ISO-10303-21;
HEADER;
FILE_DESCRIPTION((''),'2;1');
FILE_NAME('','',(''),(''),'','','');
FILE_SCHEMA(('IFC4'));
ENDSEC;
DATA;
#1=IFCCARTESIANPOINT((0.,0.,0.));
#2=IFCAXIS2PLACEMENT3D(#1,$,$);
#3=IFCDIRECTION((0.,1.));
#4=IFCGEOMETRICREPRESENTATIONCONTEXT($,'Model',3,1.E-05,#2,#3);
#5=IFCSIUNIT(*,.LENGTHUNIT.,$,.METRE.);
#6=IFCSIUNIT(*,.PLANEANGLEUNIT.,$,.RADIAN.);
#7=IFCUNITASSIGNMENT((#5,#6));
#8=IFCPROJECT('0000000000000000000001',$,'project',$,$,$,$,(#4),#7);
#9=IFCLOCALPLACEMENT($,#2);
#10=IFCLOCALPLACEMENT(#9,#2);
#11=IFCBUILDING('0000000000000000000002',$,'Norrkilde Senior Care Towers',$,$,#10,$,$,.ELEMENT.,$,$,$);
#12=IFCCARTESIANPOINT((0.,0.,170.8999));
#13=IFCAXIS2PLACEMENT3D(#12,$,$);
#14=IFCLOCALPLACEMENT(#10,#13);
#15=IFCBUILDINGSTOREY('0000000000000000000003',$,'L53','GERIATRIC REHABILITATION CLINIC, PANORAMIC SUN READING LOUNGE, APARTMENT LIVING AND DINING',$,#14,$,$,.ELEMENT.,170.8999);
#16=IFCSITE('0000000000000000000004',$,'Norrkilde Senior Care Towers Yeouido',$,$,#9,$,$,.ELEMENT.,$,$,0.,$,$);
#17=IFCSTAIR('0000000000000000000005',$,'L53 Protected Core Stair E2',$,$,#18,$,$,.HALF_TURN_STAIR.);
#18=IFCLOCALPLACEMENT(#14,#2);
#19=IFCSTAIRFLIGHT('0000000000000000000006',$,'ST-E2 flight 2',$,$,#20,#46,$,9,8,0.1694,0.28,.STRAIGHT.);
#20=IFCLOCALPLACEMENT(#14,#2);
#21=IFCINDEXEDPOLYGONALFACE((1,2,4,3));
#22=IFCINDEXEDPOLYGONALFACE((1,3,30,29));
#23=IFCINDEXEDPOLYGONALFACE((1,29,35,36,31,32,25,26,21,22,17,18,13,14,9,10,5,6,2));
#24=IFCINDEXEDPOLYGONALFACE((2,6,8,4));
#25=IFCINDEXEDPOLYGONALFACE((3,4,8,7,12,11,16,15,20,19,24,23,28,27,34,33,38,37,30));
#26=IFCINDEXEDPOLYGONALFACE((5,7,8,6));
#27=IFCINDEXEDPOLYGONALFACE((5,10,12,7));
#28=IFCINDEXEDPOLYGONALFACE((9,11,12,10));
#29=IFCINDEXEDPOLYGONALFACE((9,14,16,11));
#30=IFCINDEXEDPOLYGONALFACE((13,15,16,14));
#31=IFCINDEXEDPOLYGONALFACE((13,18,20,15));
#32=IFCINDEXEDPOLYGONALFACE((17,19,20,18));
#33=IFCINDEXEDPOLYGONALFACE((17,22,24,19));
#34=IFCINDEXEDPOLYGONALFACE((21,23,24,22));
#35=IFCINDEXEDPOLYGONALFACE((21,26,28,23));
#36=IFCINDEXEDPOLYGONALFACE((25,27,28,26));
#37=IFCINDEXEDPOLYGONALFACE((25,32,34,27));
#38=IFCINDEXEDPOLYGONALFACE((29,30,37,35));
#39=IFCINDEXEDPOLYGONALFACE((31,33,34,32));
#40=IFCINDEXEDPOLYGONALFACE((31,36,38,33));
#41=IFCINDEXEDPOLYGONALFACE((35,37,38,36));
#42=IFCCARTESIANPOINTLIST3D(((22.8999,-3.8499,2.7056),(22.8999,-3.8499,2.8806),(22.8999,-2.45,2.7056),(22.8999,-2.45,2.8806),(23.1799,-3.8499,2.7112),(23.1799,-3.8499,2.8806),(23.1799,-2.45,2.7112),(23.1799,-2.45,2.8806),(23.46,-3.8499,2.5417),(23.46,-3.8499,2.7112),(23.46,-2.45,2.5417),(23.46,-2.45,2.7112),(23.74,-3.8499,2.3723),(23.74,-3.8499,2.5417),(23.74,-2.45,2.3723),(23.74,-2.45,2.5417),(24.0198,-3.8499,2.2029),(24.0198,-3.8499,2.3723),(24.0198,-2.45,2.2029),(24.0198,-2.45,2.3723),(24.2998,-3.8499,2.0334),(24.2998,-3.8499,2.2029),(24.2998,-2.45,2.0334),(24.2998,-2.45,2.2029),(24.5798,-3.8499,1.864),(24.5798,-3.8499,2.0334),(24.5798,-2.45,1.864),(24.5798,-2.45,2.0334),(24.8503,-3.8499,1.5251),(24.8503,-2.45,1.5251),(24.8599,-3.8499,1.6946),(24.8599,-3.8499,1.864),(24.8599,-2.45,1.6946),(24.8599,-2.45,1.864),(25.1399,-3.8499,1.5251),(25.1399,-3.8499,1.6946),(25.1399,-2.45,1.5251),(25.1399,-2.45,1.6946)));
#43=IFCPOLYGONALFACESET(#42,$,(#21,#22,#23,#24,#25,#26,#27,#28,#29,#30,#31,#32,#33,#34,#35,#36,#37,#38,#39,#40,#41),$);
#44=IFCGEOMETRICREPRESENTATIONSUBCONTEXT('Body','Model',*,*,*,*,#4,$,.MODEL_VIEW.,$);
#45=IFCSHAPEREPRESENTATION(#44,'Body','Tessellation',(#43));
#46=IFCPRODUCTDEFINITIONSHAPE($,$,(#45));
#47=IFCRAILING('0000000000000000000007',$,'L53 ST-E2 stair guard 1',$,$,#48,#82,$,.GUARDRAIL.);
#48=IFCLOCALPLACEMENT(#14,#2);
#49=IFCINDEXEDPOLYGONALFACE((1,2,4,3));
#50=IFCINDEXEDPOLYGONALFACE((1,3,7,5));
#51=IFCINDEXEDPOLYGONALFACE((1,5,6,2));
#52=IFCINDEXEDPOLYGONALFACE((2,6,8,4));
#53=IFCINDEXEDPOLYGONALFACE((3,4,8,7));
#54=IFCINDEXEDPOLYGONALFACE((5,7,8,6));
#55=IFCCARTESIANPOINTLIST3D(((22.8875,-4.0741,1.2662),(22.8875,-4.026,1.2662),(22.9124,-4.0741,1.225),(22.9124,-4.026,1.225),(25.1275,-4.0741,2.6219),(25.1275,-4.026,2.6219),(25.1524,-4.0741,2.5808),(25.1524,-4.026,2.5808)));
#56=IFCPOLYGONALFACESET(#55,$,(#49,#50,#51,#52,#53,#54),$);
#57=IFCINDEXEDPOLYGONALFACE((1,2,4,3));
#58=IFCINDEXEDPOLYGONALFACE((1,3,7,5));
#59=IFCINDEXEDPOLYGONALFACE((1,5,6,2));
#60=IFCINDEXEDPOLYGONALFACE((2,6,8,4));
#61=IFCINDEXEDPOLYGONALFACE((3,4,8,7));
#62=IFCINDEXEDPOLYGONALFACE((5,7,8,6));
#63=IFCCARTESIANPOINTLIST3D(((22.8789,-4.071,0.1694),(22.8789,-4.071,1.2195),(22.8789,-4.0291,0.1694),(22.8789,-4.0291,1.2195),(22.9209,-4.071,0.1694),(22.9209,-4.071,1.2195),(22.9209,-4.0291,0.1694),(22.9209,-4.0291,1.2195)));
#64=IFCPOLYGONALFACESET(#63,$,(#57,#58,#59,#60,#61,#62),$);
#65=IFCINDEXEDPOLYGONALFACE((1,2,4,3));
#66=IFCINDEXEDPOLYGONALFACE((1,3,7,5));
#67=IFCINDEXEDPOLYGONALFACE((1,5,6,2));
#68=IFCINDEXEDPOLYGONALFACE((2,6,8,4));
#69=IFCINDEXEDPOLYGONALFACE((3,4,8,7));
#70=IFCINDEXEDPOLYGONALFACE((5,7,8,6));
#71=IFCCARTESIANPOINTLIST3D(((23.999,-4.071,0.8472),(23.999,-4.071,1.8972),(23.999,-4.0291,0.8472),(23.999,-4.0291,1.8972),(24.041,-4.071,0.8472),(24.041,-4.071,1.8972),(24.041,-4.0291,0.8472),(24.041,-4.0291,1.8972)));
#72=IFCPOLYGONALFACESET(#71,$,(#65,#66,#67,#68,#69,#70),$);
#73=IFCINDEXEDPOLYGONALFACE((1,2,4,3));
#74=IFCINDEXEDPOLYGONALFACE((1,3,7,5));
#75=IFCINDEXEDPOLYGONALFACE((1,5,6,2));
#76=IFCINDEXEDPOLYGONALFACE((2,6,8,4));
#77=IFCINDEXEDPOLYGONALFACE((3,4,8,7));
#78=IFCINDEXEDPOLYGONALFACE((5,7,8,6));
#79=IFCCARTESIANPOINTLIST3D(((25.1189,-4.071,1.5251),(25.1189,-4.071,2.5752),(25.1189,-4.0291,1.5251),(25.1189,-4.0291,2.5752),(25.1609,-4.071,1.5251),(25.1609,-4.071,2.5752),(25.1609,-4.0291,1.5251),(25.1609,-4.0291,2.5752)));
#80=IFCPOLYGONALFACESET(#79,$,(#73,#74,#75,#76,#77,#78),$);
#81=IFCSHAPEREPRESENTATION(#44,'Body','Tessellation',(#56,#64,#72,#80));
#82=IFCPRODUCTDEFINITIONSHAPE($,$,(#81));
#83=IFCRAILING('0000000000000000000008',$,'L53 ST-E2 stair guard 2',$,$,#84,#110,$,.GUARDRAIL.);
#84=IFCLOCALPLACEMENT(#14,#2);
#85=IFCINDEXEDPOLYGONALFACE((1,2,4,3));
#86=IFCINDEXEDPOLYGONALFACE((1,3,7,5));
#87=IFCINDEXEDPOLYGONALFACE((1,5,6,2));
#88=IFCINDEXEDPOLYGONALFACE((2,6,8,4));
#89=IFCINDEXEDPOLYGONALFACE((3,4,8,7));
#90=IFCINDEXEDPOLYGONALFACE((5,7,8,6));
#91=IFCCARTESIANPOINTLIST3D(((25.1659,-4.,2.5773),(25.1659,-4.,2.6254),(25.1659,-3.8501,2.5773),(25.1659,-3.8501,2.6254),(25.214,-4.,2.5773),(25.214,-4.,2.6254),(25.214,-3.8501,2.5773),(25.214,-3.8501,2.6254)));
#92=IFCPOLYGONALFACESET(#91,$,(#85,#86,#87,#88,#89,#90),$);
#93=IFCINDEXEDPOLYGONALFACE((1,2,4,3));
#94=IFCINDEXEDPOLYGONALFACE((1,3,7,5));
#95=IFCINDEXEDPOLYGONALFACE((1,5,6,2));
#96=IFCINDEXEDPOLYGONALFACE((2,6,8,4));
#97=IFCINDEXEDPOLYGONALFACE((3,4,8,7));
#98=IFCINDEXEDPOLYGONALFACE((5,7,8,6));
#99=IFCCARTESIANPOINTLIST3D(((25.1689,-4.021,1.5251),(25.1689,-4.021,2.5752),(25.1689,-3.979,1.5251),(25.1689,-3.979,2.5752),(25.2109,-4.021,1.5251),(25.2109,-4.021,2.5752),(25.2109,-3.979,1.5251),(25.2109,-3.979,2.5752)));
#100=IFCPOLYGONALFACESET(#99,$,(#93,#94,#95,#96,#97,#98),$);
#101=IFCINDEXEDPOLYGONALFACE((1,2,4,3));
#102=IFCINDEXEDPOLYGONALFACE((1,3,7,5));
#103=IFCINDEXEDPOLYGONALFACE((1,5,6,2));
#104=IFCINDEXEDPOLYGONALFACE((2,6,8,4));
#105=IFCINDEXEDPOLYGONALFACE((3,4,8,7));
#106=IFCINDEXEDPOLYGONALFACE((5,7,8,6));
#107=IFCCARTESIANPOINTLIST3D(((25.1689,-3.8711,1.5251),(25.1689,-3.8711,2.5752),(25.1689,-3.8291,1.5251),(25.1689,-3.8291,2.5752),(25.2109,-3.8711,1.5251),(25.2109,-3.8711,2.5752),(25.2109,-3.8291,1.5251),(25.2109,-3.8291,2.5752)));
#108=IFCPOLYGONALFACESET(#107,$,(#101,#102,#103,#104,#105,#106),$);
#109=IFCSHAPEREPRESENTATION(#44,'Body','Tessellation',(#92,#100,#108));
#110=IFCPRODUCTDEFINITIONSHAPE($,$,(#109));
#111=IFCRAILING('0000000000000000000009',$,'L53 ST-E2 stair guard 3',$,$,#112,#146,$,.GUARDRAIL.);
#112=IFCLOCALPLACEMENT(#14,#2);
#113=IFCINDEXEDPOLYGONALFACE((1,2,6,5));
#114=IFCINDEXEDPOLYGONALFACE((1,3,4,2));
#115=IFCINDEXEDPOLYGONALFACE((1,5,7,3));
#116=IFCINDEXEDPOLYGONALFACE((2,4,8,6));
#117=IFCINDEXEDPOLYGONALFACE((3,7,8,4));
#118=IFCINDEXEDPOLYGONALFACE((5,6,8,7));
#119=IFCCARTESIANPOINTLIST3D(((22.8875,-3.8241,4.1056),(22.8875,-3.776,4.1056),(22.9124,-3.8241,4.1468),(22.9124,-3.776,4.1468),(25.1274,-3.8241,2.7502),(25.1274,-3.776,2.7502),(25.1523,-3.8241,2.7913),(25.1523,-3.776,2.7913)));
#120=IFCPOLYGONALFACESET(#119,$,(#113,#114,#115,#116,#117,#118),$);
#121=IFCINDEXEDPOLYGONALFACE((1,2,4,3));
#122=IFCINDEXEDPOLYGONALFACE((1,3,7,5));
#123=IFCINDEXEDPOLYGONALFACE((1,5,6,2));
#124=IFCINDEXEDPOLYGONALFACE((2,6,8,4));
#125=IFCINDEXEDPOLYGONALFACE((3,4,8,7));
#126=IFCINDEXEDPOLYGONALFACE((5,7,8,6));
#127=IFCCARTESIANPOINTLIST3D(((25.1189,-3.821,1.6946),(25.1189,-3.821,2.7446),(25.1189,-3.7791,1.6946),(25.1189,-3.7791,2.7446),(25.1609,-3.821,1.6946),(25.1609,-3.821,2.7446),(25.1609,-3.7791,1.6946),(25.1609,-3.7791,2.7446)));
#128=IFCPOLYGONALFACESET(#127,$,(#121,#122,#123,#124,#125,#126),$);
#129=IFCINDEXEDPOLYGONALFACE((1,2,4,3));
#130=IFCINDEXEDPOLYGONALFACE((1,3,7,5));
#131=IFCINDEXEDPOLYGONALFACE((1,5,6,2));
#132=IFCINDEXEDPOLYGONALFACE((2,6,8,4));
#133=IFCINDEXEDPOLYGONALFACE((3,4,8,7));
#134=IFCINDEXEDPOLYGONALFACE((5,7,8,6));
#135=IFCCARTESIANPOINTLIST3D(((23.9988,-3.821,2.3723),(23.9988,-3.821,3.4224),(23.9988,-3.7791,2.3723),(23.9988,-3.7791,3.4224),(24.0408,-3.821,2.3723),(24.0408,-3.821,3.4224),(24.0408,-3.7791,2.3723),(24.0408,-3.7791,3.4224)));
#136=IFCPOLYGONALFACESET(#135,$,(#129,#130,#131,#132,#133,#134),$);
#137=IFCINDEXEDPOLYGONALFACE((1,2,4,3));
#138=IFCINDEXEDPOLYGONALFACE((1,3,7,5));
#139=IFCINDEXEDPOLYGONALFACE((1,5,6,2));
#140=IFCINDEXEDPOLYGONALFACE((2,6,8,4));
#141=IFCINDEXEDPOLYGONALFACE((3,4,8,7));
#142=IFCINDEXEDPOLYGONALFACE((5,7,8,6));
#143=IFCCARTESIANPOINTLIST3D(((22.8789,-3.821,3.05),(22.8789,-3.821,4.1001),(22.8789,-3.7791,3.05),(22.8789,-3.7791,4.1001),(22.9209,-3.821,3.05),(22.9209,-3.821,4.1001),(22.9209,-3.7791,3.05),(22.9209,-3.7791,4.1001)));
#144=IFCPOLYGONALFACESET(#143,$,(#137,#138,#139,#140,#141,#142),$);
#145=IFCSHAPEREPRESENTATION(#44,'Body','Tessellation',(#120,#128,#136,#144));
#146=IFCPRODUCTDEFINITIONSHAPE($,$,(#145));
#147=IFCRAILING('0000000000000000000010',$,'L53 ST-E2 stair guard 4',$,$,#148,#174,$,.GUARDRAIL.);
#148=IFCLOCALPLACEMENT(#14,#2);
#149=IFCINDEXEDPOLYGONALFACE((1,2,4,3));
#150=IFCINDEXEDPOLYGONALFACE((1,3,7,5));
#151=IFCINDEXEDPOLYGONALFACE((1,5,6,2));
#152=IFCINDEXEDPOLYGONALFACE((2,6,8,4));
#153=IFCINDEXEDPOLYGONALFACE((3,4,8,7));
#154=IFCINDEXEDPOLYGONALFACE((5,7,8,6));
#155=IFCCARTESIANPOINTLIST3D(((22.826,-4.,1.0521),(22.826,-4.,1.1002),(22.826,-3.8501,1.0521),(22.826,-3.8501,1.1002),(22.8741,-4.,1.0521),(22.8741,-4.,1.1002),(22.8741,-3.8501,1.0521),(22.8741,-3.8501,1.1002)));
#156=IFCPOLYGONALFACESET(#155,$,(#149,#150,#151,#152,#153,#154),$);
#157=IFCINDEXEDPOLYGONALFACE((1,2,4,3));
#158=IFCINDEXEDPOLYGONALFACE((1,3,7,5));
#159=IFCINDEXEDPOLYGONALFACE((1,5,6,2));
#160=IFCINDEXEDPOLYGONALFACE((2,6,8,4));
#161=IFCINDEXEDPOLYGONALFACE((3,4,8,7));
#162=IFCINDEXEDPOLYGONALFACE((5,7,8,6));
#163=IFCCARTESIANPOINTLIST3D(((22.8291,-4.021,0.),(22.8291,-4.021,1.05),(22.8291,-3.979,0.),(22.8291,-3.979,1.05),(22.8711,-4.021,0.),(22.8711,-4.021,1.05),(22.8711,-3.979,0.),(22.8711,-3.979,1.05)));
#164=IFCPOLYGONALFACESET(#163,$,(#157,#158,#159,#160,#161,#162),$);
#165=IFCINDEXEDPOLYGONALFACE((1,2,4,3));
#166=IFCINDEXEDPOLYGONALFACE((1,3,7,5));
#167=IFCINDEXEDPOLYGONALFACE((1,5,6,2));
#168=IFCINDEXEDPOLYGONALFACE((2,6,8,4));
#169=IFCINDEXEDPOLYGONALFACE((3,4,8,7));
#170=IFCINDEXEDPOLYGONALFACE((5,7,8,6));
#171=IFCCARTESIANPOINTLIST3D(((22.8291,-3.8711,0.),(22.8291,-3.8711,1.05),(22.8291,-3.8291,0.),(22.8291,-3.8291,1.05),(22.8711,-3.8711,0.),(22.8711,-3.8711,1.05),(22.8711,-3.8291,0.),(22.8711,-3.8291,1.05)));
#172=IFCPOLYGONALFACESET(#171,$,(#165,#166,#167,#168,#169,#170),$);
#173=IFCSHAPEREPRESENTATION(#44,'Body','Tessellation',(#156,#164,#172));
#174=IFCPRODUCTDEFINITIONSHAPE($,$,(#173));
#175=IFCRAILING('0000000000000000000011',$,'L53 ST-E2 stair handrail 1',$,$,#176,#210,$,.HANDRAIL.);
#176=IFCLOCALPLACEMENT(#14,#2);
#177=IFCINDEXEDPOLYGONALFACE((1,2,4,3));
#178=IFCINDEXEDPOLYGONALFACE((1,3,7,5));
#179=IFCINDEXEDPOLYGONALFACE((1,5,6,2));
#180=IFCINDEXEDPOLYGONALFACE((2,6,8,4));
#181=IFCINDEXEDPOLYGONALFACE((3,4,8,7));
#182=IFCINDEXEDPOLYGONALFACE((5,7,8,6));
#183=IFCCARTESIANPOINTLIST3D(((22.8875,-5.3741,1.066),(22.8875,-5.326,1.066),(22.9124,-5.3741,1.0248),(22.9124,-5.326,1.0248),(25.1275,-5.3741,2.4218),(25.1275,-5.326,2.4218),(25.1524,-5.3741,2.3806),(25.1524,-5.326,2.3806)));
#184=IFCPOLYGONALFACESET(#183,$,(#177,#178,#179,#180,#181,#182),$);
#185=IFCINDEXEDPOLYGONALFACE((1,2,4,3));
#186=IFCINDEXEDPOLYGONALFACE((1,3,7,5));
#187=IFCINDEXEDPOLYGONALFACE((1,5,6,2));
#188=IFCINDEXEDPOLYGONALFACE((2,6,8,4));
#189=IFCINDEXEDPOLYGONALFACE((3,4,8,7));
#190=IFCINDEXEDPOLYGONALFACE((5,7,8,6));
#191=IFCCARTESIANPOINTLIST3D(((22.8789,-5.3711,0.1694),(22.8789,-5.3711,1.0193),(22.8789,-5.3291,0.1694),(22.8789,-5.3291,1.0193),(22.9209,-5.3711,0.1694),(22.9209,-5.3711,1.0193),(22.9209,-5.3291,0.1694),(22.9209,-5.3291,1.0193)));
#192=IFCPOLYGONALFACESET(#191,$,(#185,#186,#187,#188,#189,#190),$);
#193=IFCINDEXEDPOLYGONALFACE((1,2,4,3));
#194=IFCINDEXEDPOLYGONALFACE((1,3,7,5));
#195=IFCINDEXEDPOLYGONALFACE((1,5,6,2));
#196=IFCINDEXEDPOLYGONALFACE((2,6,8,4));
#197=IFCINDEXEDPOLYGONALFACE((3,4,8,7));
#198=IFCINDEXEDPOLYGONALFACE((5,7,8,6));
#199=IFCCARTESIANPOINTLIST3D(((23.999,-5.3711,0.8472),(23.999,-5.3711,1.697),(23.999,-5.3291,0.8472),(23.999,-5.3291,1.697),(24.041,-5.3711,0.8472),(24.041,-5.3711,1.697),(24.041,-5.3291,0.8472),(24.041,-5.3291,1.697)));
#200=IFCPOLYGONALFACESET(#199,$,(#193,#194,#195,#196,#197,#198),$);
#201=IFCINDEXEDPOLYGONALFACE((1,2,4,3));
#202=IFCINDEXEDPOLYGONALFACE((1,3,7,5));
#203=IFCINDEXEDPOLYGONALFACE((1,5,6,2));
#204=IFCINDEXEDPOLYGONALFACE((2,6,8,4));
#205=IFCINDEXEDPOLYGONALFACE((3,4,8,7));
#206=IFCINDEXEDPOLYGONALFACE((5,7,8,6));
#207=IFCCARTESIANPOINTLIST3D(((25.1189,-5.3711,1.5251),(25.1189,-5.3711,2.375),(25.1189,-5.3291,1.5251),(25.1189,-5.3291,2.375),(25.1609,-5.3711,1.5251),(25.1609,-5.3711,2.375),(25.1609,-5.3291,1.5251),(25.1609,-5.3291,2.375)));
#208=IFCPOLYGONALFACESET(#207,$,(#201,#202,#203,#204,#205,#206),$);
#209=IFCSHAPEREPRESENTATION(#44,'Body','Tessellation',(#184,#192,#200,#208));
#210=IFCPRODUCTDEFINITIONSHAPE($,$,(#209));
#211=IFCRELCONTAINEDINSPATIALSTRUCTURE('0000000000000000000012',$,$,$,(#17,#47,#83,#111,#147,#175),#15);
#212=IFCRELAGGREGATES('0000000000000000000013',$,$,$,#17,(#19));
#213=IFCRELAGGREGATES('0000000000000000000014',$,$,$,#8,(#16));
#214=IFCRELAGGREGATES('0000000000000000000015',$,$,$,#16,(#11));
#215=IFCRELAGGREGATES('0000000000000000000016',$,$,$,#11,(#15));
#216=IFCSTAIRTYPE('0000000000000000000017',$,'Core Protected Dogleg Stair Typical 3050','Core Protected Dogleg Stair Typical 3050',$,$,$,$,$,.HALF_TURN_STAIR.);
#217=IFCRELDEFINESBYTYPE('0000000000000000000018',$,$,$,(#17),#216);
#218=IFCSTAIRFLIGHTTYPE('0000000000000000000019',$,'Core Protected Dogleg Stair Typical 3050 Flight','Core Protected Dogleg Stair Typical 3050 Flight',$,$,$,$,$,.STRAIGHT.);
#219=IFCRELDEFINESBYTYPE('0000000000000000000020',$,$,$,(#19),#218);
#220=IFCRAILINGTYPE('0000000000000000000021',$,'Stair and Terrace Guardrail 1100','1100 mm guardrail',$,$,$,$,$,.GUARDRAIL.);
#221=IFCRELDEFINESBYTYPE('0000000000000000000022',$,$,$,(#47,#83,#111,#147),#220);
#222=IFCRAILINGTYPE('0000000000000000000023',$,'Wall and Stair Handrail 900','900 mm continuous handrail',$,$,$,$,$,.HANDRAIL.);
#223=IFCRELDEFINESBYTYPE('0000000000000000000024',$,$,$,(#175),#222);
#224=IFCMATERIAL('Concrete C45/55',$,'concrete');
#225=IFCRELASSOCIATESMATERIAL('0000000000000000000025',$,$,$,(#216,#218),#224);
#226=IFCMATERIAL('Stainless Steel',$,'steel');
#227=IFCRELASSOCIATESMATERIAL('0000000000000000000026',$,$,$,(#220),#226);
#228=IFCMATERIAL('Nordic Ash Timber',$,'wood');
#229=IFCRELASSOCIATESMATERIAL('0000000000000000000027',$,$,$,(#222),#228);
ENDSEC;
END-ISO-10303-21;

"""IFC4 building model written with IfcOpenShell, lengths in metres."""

from ifc_helpers import new_model, si_unit, direction, frame, origin, origin_2d, place, context, subcontext, project, spatial, polyline, rectangle, outline, extrude, material, type_object, element, aggregate, save


model = new_model("IFC4")

# Units and contexts
model_context = context("Model", 3, precision=1e-05, world=origin(), true_north=direction((0.0, 1.0)))
body_context = subcontext(model_context, "Body", "Model", "MODEL_VIEW")
ifc_project = project(units=[si_unit("LENGTHUNIT", "METRE"), si_unit("PLANEANGLEUNIT", "RADIAN")], contexts=[model_context])

# Site, building, storey
site_placement = place(None, origin())
site = spatial("IfcSite", under=ifc_project, at=site_placement, Name="Norrkilde Senior Care Towers Yeouido", CompositionType="ELEMENT", RefElevation=0.0)
building_placement = place(site_placement, origin())
building = spatial("IfcBuilding", under=site, at=building_placement, Name="Norrkilde Senior Care Towers", CompositionType="ELEMENT")
storey_placement = place(building_placement, frame((0.0, 0.0, 170.8999)))
storey = spatial("IfcBuildingStorey", under=building, at=storey_placement, Name="L53", Description="GERIATRIC REHABILITATION CLINIC, PANORAMIC SUN READING LOUNGE, APARTMENT LIVING AND DINING", CompositionType="ELEMENT", Elevation=170.8999)

# Shared definitions
ifc_material_1 = material(Name="Concrete C45/55", Category="concrete")

# Shared definitions
ifc_material_2 = material(Name="Nordic Ash Timber", Category="wood")

# Stair, stair flight
stair_type = type_object("IfcStairType", Name="Core Protected Dogleg Stair Typical 3050", Description="Core Protected Dogleg Stair Typical 3050", PredefinedType="HALF_TURN_STAIR", material=ifc_material_1)
stair_placement = place(storey_placement, origin())
stair = element("IfcStair", 1, at=stair_placement, inside=storey, type_object=stair_type, Name="L53 Protected Core Stair E2", PredefinedType="HALF_TURN_STAIR")
stair_flight_type = type_object("IfcStairFlightType", Name="Core Protected Dogleg Stair Typical 3050 Flight", Description="Core Protected Dogleg Stair Typical 3050 Flight", PredefinedType="STRAIGHT", material=ifc_material_1)
stair_flight_1_placement = place(storey_placement, frame((25.1399, -3.1499, 1.5251), z_axis=(0.0, 0.0, 1.0), x_axis=(-1.0, 0.0, 0.0)))
stair_flight_1 = element("IfcStairFlight", 2, at=stair_flight_1_placement, type_object=stair_flight_type, Name="ST-E2 flight 2", NumberOfRisers=9, NumberOfTreads=8, PredefinedType="STRAIGHT", RiserHeight=0.1694, TreadLength=0.28, context=body_context, shape_type="SweptSolid", body=[
    extrude(outline(polyline([(0.0, 0.0), (0.0, 0.1694), (0.28, 0.1694), (0.28, 0.3389), (0.5601, 0.3389), (0.5601, 0.5083), (0.8401, 0.5083), (0.8401, 0.6777), (1.1201, 0.6777), (1.1201, 0.8472), (1.3999, 0.8472), (1.3999, 1.0166), (1.6799, 1.0166), (1.6799, 1.186), (1.96, 1.186), (1.96, 1.3555), (2.24, 1.3555), (2.24, 1.5249), (2.24, 1.1804), (0.2896, 0.0), (0.0, 0.0)])), frame((0.0, 0.7, 0.0), z_axis=(0.0, -1.0, 0.0), x_axis=(1.0, 0.0, 0.0)), (0.0, 0.0, 1.0), 1.3999),
])
aggregate(stair, [stair_flight_1])

# Railings
ifc_material_3 = material(Name="Stainless Steel", Category="steel")
railing_type_1 = type_object("IfcRailingType", Name="Stair and Terrace Guardrail 1100", Description="1100 mm guardrail", PredefinedType="GUARDRAIL", material=ifc_material_3)
railing_1_placement = place(storey_placement, frame((22.8999, -4.05, 0.1694)))
element("IfcRailing", 3, at=railing_1_placement, inside=storey, type_object=railing_type_1, Name="L53 ST-E2 stair guard 1", PredefinedType="GUARDRAIL", context=body_context, shape_type="SweptSolid", body=[
    extrude(rectangle(XDim=0.0481, YDim=0.0481, at=origin_2d()), frame((0.0, 0.0, 1.0762), z_axis=(0.855512, 0.0, 0.517783), x_axis=(0.0, 1.0, 0.0)), (0.0, 0.0, 1.0), 2.6184),
    extrude(rectangle(XDim=0.042, YDim=0.042, at=origin_2d()), origin(), (0.0, 0.0, 1.0), 1.05),
    extrude(rectangle(XDim=0.042, YDim=0.042, at=origin_2d()), frame((1.1201, 0.0, 0.6777)), (0.0, 0.0, 1.0), 1.05),
    extrude(rectangle(XDim=0.042, YDim=0.042, at=origin_2d()), frame((2.24, 0.0, 1.3557)), (0.0, 0.0, 1.0), 1.05),
])
railing_2_placement = place(storey_placement, frame((25.1899, -4.0, 1.5251)))
element("IfcRailing", 4, at=railing_2_placement, inside=storey, type_object=railing_type_1, Name="L53 ST-E2 stair guard 2", PredefinedType="GUARDRAIL", context=body_context, shape_type="SweptSolid", body=[
    extrude(rectangle(XDim=0.0481, YDim=0.0481, at=origin_2d()), frame((0.0, 0.0, 1.0762), z_axis=(0.0, 1.0, 0.0), x_axis=(-1.0, 0.0, 0.0)), (0.0, 0.0, 1.0), 0.1499),
    extrude(rectangle(XDim=0.042, YDim=0.042, at=origin_2d()), origin(), (0.0, 0.0, 1.0), 1.05),
    extrude(rectangle(XDim=0.042, YDim=0.042, at=origin_2d()), frame((0.0, 0.1499, 0.0)), (0.0, 0.0, 1.0), 1.05),
])
railing_3_placement = place(storey_placement, frame((25.1399, -3.8, 1.6946)))
element("IfcRailing", 5, at=railing_3_placement, inside=storey, type_object=railing_type_1, Name="L53 ST-E2 stair guard 3", PredefinedType="GUARDRAIL", context=body_context, shape_type="SweptSolid", body=[
    extrude(rectangle(XDim=0.0481, YDim=0.0481, at=origin_2d()), frame((0.0, 0.0, 1.0762), z_axis=(-0.855553, 0.0, 0.517715), x_axis=(0.0, -1.0, 0.0)), (0.0, 0.0, 1.0), 2.6182),
    extrude(rectangle(XDim=0.042, YDim=0.042, at=origin_2d()), origin(), (0.0, 0.0, 1.0), 1.05),
    extrude(rectangle(XDim=0.042, YDim=0.042, at=origin_2d()), frame((-1.1201, 0.0, 0.6777)), (0.0, 0.0, 1.0), 1.05),
    extrude(rectangle(XDim=0.042, YDim=0.042, at=origin_2d()), frame((-2.24, 0.0, 1.3555)), (0.0, 0.0, 1.0), 1.05),
])
railing_4_placement = place(storey_placement, frame((22.8501, -4.0, 0.0)))
element("IfcRailing", 6, at=railing_4_placement, inside=storey, type_object=railing_type_1, Name="L53 ST-E2 stair guard 4", PredefinedType="GUARDRAIL", context=body_context, shape_type="SweptSolid", body=[
    extrude(rectangle(XDim=0.0481, YDim=0.0481, at=origin_2d()), frame((0.0, 0.0, 1.0762), z_axis=(0.0, 1.0, 0.0), x_axis=(-1.0, 0.0, 0.0)), (0.0, 0.0, 1.0), 0.1499),
    extrude(rectangle(XDim=0.042, YDim=0.042, at=origin_2d()), origin(), (0.0, 0.0, 1.0), 1.05),
    extrude(rectangle(XDim=0.042, YDim=0.042, at=origin_2d()), frame((0.0, 0.1499, 0.0)), (0.0, 0.0, 1.0), 1.05),
])
railing_type_2 = type_object("IfcRailingType", Name="Wall and Stair Handrail 900", Description="900 mm continuous handrail", PredefinedType="HANDRAIL", material=ifc_material_2)
railing_5_placement = place(storey_placement, frame((22.8999, -5.3501, 0.1694)))
element("IfcRailing", 7, at=railing_5_placement, inside=storey, type_object=railing_type_2, Name="L53 ST-E2 stair handrail 1", PredefinedType="HANDRAIL", context=body_context, shape_type="SweptSolid", body=[
    extrude(rectangle(XDim=0.0481, YDim=0.0481, at=origin_2d()), frame((0.0, 0.0, 0.876), z_axis=(0.855512, 0.0, 0.517783), x_axis=(0.0, 1.0, 0.0)), (0.0, 0.0, 1.0), 2.6184),
    extrude(rectangle(XDim=0.042, YDim=0.042, at=origin_2d()), origin(), (0.0, 0.0, 1.0), 0.8499),
    extrude(rectangle(XDim=0.042, YDim=0.042, at=origin_2d()), frame((1.1201, 0.0, 0.6777)), (0.0, 0.0, 1.0), 0.8499),
    extrude(rectangle(XDim=0.042, YDim=0.042, at=origin_2d()), frame((2.24, 0.0, 1.3557)), (0.0, 0.0, 1.0), 0.8499),
])

save(model, "model.ifc")
